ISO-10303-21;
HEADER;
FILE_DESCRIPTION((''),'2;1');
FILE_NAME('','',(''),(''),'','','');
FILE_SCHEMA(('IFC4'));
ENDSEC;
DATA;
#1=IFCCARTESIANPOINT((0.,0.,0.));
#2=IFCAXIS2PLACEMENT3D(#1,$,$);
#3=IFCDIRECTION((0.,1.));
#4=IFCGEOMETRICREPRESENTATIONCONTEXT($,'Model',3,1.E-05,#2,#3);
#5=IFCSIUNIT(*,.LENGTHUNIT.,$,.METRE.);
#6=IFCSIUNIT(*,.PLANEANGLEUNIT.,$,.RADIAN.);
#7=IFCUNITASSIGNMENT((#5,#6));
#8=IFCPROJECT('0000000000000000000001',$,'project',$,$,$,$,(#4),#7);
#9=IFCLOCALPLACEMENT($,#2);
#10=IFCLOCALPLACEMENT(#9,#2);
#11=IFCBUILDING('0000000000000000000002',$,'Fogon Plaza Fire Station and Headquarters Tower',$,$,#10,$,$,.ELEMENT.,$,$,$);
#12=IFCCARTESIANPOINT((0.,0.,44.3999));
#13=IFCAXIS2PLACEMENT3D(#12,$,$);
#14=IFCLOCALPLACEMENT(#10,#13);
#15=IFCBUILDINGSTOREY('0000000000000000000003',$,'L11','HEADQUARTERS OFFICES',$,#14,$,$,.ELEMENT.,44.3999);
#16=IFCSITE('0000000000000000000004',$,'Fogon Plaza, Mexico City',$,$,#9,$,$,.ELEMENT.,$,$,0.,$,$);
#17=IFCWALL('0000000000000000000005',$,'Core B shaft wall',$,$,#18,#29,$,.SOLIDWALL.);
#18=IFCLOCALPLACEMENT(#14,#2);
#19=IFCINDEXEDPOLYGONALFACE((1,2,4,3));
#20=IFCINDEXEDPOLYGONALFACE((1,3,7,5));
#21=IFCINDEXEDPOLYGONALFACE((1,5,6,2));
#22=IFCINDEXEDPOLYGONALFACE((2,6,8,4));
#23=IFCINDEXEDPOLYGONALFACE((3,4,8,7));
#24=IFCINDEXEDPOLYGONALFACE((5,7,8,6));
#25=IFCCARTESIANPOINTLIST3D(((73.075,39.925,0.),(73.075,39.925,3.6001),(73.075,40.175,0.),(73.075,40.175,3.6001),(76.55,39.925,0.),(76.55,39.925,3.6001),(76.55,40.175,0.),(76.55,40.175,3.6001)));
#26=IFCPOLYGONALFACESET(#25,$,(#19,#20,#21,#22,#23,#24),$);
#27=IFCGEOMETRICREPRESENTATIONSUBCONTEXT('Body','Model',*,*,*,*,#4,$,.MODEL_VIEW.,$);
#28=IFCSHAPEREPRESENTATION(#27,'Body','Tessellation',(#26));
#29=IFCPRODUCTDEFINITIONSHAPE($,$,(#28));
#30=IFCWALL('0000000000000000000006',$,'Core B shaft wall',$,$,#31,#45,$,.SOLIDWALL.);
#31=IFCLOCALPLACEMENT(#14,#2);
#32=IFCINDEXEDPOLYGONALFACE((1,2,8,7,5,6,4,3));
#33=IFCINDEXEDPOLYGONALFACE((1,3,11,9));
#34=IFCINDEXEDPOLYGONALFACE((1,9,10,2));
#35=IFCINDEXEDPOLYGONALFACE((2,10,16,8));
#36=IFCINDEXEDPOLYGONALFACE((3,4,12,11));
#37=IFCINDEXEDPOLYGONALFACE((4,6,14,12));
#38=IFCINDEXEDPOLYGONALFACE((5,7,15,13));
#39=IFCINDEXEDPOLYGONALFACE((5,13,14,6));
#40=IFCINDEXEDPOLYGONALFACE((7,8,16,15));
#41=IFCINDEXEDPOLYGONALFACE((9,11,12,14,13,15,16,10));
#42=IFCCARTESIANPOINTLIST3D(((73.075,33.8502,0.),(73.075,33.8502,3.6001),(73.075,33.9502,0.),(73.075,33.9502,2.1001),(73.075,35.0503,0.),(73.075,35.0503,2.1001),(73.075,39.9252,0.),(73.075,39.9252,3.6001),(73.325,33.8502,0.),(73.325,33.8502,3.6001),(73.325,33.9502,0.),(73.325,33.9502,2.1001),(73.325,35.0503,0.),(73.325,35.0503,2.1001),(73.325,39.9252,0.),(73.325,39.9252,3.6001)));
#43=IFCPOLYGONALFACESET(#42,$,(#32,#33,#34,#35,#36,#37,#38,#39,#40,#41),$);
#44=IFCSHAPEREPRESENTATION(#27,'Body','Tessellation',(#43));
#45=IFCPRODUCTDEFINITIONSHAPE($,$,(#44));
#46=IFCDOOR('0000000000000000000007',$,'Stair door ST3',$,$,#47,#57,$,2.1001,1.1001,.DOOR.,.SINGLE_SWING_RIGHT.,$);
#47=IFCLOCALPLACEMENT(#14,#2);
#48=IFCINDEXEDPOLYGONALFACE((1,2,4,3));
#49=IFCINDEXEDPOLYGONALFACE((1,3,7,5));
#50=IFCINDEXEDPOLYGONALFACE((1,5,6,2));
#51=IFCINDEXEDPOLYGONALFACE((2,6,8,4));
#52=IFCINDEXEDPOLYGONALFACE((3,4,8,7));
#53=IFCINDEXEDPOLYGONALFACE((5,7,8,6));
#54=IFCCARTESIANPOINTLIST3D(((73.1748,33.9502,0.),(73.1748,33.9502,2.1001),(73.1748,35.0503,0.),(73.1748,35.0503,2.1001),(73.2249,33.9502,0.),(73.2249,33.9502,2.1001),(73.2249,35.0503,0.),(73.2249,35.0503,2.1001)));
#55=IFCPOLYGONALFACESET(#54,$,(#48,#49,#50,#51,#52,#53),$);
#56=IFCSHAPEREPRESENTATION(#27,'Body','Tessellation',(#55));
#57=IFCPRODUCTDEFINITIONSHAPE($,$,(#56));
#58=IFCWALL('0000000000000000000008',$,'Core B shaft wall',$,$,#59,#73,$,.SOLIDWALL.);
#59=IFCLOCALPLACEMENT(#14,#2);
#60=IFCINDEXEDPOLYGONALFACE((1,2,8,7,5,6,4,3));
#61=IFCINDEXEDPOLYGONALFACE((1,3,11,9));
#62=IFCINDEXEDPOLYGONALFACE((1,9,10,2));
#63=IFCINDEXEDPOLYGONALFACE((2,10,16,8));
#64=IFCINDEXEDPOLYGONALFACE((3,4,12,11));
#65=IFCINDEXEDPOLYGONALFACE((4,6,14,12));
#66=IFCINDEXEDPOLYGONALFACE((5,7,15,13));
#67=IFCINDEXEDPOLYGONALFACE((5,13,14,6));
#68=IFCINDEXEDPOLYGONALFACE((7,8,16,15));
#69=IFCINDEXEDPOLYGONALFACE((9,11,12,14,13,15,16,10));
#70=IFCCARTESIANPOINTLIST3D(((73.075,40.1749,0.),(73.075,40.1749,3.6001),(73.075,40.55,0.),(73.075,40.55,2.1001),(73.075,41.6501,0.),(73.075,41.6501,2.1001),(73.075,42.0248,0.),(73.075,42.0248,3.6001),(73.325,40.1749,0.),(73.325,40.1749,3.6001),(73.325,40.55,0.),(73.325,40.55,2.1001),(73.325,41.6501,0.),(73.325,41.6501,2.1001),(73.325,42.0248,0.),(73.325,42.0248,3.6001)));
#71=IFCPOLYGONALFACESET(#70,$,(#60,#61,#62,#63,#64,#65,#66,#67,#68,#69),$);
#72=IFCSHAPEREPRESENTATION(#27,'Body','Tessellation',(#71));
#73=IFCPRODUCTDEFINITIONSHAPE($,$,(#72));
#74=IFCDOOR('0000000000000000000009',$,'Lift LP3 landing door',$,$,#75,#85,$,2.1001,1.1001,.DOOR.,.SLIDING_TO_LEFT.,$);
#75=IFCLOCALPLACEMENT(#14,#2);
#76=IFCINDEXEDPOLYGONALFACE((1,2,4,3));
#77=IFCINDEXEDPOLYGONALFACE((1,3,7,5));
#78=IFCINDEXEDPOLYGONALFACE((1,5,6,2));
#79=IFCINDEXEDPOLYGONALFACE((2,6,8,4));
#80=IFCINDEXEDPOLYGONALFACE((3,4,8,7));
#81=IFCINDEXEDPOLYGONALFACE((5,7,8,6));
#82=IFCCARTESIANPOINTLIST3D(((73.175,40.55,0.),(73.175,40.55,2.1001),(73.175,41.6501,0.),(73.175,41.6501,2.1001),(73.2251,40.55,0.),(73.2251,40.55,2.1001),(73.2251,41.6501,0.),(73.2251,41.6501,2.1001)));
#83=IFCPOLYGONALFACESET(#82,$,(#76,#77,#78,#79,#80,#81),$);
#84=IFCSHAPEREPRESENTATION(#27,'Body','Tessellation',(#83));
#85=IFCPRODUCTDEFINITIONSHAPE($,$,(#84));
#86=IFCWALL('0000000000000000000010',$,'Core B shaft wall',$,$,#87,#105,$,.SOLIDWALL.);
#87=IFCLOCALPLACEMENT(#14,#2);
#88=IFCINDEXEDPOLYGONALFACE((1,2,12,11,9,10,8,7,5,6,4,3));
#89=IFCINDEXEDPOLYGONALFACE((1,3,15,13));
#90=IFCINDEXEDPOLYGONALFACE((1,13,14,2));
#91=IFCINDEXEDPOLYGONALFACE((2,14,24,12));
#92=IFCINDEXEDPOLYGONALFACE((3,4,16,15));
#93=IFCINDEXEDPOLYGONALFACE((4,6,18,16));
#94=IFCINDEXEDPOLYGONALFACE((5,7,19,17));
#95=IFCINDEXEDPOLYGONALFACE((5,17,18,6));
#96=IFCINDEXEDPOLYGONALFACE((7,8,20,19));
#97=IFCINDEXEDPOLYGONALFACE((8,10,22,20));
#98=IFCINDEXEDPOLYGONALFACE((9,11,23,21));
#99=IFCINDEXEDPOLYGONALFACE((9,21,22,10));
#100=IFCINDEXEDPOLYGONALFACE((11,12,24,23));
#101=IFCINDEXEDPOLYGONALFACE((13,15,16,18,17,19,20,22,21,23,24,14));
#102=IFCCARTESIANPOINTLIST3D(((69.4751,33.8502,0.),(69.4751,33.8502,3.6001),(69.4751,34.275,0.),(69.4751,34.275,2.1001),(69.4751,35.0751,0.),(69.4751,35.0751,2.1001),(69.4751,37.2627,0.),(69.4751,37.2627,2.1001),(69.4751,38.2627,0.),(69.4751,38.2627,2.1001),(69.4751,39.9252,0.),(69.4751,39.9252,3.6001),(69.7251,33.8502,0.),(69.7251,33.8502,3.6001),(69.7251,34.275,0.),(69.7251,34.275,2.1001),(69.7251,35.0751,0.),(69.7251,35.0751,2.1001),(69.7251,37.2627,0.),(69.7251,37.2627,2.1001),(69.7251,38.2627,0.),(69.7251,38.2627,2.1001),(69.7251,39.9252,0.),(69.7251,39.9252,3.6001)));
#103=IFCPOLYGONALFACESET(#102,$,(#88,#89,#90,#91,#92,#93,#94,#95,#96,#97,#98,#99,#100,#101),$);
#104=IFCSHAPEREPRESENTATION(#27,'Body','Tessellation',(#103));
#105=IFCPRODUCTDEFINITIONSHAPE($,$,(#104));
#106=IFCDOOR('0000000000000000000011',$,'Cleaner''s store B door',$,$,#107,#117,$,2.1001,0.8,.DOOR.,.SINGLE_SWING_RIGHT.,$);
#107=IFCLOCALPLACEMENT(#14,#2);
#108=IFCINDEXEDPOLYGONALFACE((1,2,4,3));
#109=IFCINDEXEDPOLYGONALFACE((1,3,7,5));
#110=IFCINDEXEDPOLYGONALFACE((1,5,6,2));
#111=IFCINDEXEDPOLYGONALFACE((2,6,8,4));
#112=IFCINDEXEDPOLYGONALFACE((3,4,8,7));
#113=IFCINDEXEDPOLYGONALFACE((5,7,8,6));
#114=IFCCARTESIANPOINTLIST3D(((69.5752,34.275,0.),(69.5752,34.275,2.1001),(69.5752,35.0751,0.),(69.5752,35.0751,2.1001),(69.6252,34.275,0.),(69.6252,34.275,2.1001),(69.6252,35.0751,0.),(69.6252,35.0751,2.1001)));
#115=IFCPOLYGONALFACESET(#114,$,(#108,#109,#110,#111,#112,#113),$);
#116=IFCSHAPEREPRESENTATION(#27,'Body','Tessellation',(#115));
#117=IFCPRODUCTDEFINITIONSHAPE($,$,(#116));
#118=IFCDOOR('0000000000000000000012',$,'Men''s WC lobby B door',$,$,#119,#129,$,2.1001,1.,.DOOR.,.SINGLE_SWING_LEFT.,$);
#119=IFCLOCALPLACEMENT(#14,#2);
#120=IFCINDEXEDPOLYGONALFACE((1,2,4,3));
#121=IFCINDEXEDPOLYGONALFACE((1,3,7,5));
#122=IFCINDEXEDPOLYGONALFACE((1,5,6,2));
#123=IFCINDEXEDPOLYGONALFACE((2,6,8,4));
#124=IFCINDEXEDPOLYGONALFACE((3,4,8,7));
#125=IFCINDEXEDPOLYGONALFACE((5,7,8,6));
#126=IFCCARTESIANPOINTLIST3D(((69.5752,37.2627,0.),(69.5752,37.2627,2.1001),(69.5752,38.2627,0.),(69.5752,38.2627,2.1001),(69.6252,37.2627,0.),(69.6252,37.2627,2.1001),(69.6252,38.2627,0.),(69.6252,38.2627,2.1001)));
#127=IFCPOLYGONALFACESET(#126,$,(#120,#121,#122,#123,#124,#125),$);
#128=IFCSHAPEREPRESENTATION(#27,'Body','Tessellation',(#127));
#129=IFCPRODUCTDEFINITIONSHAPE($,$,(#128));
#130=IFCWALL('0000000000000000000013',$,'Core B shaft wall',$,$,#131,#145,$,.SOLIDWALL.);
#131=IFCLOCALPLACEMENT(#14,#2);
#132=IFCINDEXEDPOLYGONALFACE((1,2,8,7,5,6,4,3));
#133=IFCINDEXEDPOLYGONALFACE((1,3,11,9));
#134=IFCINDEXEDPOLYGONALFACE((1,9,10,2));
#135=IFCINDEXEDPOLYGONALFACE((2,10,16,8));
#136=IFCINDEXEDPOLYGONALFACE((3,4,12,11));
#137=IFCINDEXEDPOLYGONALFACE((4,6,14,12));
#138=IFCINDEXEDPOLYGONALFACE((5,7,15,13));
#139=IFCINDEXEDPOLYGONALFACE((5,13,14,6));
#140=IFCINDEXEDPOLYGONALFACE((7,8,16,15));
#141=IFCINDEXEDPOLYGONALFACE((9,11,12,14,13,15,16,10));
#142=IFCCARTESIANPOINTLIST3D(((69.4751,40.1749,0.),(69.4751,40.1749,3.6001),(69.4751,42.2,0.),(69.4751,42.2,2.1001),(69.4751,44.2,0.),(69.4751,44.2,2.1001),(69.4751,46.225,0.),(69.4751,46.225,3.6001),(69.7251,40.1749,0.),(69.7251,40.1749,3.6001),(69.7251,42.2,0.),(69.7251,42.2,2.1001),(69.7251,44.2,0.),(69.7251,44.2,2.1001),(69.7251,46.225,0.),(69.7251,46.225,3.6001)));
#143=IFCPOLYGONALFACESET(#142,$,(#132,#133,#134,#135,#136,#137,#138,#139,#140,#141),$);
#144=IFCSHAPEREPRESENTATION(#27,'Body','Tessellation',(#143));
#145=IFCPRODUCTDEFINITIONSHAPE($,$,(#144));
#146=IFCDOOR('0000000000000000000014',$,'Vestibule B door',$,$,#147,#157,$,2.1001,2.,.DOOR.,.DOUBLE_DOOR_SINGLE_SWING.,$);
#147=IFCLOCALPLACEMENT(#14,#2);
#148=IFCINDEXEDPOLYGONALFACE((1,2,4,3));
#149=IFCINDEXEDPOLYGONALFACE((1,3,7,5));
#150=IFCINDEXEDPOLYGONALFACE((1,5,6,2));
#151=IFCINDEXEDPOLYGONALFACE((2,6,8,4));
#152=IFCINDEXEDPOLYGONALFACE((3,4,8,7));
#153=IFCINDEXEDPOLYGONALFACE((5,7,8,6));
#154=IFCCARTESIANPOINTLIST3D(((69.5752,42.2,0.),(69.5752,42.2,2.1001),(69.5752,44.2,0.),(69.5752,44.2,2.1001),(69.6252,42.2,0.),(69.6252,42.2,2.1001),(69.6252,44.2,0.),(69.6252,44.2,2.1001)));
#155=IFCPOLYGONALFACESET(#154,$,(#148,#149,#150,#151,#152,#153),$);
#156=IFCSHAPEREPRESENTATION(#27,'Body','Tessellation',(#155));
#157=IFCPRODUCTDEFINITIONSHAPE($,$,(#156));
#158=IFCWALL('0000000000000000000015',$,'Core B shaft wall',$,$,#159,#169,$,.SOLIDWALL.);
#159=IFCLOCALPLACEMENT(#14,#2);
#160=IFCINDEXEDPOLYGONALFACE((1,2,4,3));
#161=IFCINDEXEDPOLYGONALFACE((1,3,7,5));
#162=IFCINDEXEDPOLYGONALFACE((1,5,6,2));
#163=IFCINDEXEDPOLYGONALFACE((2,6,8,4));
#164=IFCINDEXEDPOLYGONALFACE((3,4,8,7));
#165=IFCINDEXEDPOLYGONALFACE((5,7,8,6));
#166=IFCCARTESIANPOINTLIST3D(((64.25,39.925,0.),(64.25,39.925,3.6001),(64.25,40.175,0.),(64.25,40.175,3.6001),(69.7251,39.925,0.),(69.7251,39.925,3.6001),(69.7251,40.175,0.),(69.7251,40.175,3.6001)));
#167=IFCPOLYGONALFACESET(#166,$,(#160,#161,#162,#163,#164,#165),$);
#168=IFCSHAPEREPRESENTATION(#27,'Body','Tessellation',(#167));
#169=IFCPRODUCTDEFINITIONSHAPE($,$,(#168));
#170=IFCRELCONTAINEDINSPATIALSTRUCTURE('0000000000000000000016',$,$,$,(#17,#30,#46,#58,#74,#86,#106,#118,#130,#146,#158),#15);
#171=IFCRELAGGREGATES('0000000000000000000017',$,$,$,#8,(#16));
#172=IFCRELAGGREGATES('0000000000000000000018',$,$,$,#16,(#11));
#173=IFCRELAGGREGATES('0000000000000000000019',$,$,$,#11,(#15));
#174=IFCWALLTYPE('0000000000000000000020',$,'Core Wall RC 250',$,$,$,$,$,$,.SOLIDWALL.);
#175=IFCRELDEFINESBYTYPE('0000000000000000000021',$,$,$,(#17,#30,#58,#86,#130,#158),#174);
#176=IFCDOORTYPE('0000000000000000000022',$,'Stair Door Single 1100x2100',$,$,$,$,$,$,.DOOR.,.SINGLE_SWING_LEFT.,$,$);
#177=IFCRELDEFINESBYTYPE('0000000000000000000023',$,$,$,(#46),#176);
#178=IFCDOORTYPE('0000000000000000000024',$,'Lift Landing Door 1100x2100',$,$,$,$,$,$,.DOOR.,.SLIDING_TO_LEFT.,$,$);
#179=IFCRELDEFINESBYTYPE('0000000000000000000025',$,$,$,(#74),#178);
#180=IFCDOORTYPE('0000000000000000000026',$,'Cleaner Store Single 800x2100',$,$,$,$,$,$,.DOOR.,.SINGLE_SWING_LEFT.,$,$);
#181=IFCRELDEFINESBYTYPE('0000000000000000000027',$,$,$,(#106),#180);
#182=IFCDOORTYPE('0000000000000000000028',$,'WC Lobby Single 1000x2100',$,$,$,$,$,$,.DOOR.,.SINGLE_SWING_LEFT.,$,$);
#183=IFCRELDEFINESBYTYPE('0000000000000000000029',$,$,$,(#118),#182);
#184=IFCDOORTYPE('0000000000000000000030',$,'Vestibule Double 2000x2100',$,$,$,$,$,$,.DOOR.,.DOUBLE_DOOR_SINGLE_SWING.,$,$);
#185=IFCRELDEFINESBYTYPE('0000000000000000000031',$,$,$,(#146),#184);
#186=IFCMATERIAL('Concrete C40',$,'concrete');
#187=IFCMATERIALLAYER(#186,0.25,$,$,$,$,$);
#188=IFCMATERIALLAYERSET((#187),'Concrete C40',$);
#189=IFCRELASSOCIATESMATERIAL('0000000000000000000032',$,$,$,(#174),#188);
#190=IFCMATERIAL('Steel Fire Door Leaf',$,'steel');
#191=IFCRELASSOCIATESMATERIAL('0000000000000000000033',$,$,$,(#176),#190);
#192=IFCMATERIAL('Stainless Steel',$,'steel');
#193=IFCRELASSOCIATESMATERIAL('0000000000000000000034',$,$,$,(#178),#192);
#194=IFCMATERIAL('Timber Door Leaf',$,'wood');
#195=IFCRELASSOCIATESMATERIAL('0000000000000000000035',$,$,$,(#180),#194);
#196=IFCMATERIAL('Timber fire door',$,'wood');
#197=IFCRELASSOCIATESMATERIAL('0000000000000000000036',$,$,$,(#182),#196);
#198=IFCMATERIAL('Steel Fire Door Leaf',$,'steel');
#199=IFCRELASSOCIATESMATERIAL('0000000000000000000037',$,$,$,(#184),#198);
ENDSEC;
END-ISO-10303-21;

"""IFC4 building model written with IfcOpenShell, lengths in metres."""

from ifc_helpers import new_model, si_unit, direction, frame, frame_2d, origin, place, context, subcontext, project, spatial, rectangle, extrude, material, layer, layer_set, type_object, element, fill, save


model = new_model("IFC4")

# Units and contexts
model_context = context("Model", 3, precision=1e-05, world=origin(), true_north=direction((0.0, 1.0)))
body_context = subcontext(model_context, "Body", "Model", "MODEL_VIEW")
ifc_project = project(units=[si_unit("LENGTHUNIT", "METRE"), si_unit("PLANEANGLEUNIT", "RADIAN")], contexts=[model_context])

# Site, building, storey
site_placement = place(None, origin())
site = spatial("IfcSite", under=ifc_project, at=site_placement, Name="Fogon Plaza, Mexico City", CompositionType="ELEMENT", RefElevation=0.0)
building_placement = place(site_placement, origin())
building = spatial("IfcBuilding", under=site, at=building_placement, Name="Fogon Plaza Fire Station and Headquarters Tower", CompositionType="ELEMENT")
storey_placement = place(building_placement, frame((0.0, 0.0, 44.3999)))
storey = spatial("IfcBuildingStorey", under=building, at=storey_placement, Name="L11", Description="HEADQUARTERS OFFICES", CompositionType="ELEMENT", Elevation=44.3999)

# Wall
ifc_material_1 = material(Name="Concrete C40", Category="concrete")
ifc_layer_1 = layer(ifc_material_1, 0.25)
ifc_layer_set_1 = layer_set([ifc_layer_1], Name="Concrete C40")
wall_type_1 = type_object("IfcWallType", Name="Core Wall RC 250", PredefinedType="SOLIDWALL", material=ifc_layer_set_1)
wall_1_placement = place(storey_placement, frame((76.55, 40.05, 0.0), z_axis=(0.0, 0.0, 1.0), x_axis=(-1.0, 0.0, 0.0)))
element("IfcWall", 1, at=wall_1_placement, inside=storey, type_object=wall_type_1, Name="Core B shaft wall", PredefinedType="SOLIDWALL", context=body_context, shape_type="SweptSolid", body=[
    extrude(rectangle(XDim=3.4751, YDim=0.25, at=frame_2d((1.7375, 0.0))), origin(), (0.0, 0.0, 1.0), 3.6001),
])

# Walls, openings, doors
wall_2_placement = place(storey_placement, frame((73.2, 33.8501, 0.0), z_axis=(0.0, 0.0, 1.0), x_axis=(0.0, 1.0, 0.0)))
wall_2 = element("IfcWall", 2, at=wall_2_placement, inside=storey, type_object=wall_type_1, Name="Core B shaft wall", PredefinedType="SOLIDWALL", context=body_context, shape_type="SweptSolid", body=[
    extrude(rectangle(XDim=6.075, YDim=0.25, at=frame_2d((3.0376, 0.0))), origin(), (0.0, 0.0, 1.0), 3.6001),
])
opening_1_placement = place(wall_2_placement, frame((0.1001, 0.0, 0.0)))
opening_1 = element("IfcOpeningElement", 3, at=opening_1_placement, cuts=wall_2, PredefinedType="OPENING", context=body_context, shape_type="SweptSolid", body=[
    extrude(rectangle(XDim=1.1001, YDim=2.1001, at=frame_2d((0.55, 1.05))), frame((0.0, 0.135, 0.0), z_axis=(0.0, -1.0, 0.0), x_axis=(1.0, 0.0, 0.0)), (0.0, 0.0, 1.0), 0.27),
])
ifc_material_2 = material(Name="Steel Fire Door Leaf", Category="steel")
door_type_1 = type_object("IfcDoorType", Name="Stair Door Single 1100x2100", OperationType="SINGLE_SWING_LEFT", PredefinedType="DOOR", material=ifc_material_2)
door_1_placement = place(opening_1_placement, frame((1.1001, 0.0, 0.0), z_axis=(0.0, 0.0, 1.0), x_axis=(-1.0, 0.0, 0.0)))
door_1 = element("IfcDoor", 4, at=door_1_placement, inside=storey, type_object=door_type_1, Name="Stair door ST3", OperationType="SINGLE_SWING_RIGHT", OverallHeight=2.1001, OverallWidth=1.1001, PredefinedType="DOOR", context=body_context, shape_type="SweptSolid", body=[
    extrude(rectangle(XDim=1.1001, YDim=2.1001, at=frame_2d((0.55, 1.05))), frame((0.0, 0.0249, 0.0), z_axis=(0.0, -1.0, 0.0), x_axis=(1.0, 0.0, 0.0)), (0.0, 0.0, 1.0), 0.05),
])
fill(opening_1, door_1)
wall_3_placement = place(storey_placement, frame((73.2, 40.175, 0.0), z_axis=(0.0, 0.0, 1.0), x_axis=(0.0, 1.0, 0.0)))
wall_3 = element("IfcWall", 5, at=wall_3_placement, inside=storey, type_object=wall_type_1, Name="Core B shaft wall", PredefinedType="SOLIDWALL", context=body_context, shape_type="SweptSolid", body=[
    extrude(rectangle(XDim=1.8499, YDim=0.25, at=frame_2d((0.9248, 0.0))), origin(), (0.0, 0.0, 1.0), 3.6001),
])
opening_2_placement = place(wall_3_placement, frame((0.375, 0.0, 0.0)))
opening_2 = element("IfcOpeningElement", 6, at=opening_2_placement, cuts=wall_3, PredefinedType="OPENING", context=body_context, shape_type="SweptSolid", body=[
    extrude(rectangle(XDim=1.1001, YDim=2.1001, at=frame_2d((0.55, 1.05))), frame((0.0, 0.135, 0.0), z_axis=(0.0, -1.0, 0.0), x_axis=(1.0, 0.0, 0.0)), (0.0, 0.0, 1.0), 0.27),
])
ifc_material_3 = material(Name="Stainless Steel", Category="steel")
door_type_2 = type_object("IfcDoorType", Name="Lift Landing Door 1100x2100", OperationType="SLIDING_TO_LEFT", PredefinedType="DOOR", material=ifc_material_3)
door_2_placement = place(opening_2_placement, origin())
door_2 = element("IfcDoor", 7, at=door_2_placement, inside=storey, type_object=door_type_2, Name="Lift LP3 landing door", OperationType="SLIDING_TO_LEFT", OverallHeight=2.1001, OverallWidth=1.1001, PredefinedType="DOOR", context=body_context, shape_type="SweptSolid", body=[
    extrude(rectangle(XDim=1.1001, YDim=2.1001, at=frame_2d((0.55, 1.05))), frame((0.0, 0.0249, 0.0), z_axis=(0.0, -1.0, 0.0), x_axis=(1.0, 0.0, 0.0)), (0.0, 0.0, 1.0), 0.05),
])
fill(opening_2, door_2)

# Wall, openings, doors
wall_4_placement = place(storey_placement, frame((69.6001, 33.8501, 0.0), z_axis=(0.0, 0.0, 1.0), x_axis=(0.0, 1.0, 0.0)))
wall_4 = element("IfcWall", 8, at=wall_4_placement, inside=storey, type_object=wall_type_1, Name="Core B shaft wall", PredefinedType="SOLIDWALL", context=body_context, shape_type="SweptSolid", body=[
    extrude(rectangle(XDim=6.075, YDim=0.25, at=frame_2d((3.0376, 0.0))), origin(), (0.0, 0.0, 1.0), 3.6001),
])
opening_3_placement = place(wall_4_placement, frame((0.425, 0.0, 0.0)))
opening_3 = element("IfcOpeningElement", 9, at=opening_3_placement, cuts=wall_4, PredefinedType="OPENING", context=body_context, shape_type="SweptSolid", body=[
    extrude(rectangle(XDim=0.8, YDim=2.1001, at=frame_2d((0.3999, 1.05))), frame((0.0, 0.135, 0.0), z_axis=(0.0, -1.0, 0.0), x_axis=(1.0, 0.0, 0.0)), (0.0, 0.0, 1.0), 0.27),
])
opening_4_placement = place(wall_4_placement, frame((3.4126, 0.0, 0.0)))
opening_4 = element("IfcOpeningElement", 10, at=opening_4_placement, cuts=wall_4, PredefinedType="OPENING", context=body_context, shape_type="SweptSolid", body=[
    extrude(rectangle(XDim=1.0, YDim=2.1001, at=frame_2d((0.5, 1.05))), frame((0.0, 0.135, 0.0), z_axis=(0.0, -1.0, 0.0), x_axis=(1.0, 0.0, 0.0)), (0.0, 0.0, 1.0), 0.27),
])
ifc_material_4 = material(Name="Timber Door Leaf", Category="wood")
door_type_3 = type_object("IfcDoorType", Name="Cleaner Store Single 800x2100", OperationType="SINGLE_SWING_LEFT", PredefinedType="DOOR", material=ifc_material_4)
door_3_placement = place(opening_3_placement, origin())
door_3 = element("IfcDoor", 11, at=door_3_placement, inside=storey, type_object=door_type_3, Name="Cleaner's store B door", OperationType="SINGLE_SWING_RIGHT", OverallHeight=2.1001, OverallWidth=0.8, PredefinedType="DOOR", context=body_context, shape_type="SweptSolid", body=[
    extrude(rectangle(XDim=0.8, YDim=2.1001, at=frame_2d((0.3999, 1.05))), frame((0.0, 0.0249, 0.0), z_axis=(0.0, -1.0, 0.0), x_axis=(1.0, 0.0, 0.0)), (0.0, 0.0, 1.0), 0.05),
])
fill(opening_3, door_3)
ifc_material_5 = material(Name="Timber fire door", Category="wood")
door_type_4 = type_object("IfcDoorType", Name="WC Lobby Single 1000x2100", OperationType="SINGLE_SWING_LEFT", PredefinedType="DOOR", material=ifc_material_5)
door_4_placement = place(opening_4_placement, origin())
door_4 = element("IfcDoor", 12, at=door_4_placement, inside=storey, type_object=door_type_4, Name="Men's WC lobby B door", OperationType="SINGLE_SWING_LEFT", OverallHeight=2.1001, OverallWidth=1.0, PredefinedType="DOOR", context=body_context, shape_type="SweptSolid", body=[
    extrude(rectangle(XDim=1.0, YDim=2.1001, at=frame_2d((0.5, 1.05))), frame((0.0, 0.0249, 0.0), z_axis=(0.0, -1.0, 0.0), x_axis=(1.0, 0.0, 0.0)), (0.0, 0.0, 1.0), 0.05),
])
fill(opening_4, door_4)

# Wall, opening, door
wall_5_placement = place(storey_placement, frame((69.6001, 40.175, 0.0), z_axis=(0.0, 0.0, 1.0), x_axis=(0.0, 1.0, 0.0)))
wall_5 = element("IfcWall", 13, at=wall_5_placement, inside=storey, type_object=wall_type_1, Name="Core B shaft wall", PredefinedType="SOLIDWALL", context=body_context, shape_type="SweptSolid", body=[
    extrude(rectangle(XDim=6.05, YDim=0.25, at=frame_2d((3.0249, 0.0))), origin(), (0.0, 0.0, 1.0), 3.6001),
])
opening_5_placement = place(wall_5_placement, frame((2.0249, 0.0, 0.0)))
opening_5 = element("IfcOpeningElement", 14, at=opening_5_placement, cuts=wall_5, PredefinedType="OPENING", context=body_context, shape_type="SweptSolid", body=[
    extrude(rectangle(XDim=2.0, YDim=2.1001, at=frame_2d((1.0, 1.05))), frame((0.0, 0.135, 0.0), z_axis=(0.0, -1.0, 0.0), x_axis=(1.0, 0.0, 0.0)), (0.0, 0.0, 1.0), 0.27),
])
ifc_material_6 = material(Name="Steel Fire Door Leaf", Category="steel")
door_type_5 = type_object("IfcDoorType", Name="Vestibule Double 2000x2100", OperationType="DOUBLE_DOOR_SINGLE_SWING", PredefinedType="DOOR", material=ifc_material_6)
door_5_placement = place(opening_5_placement, origin())
door_5 = element("IfcDoor", 15, at=door_5_placement, inside=storey, type_object=door_type_5, Name="Vestibule B door", OperationType="DOUBLE_DOOR_SINGLE_SWING", OverallHeight=2.1001, OverallWidth=2.0, PredefinedType="DOOR", context=body_context, shape_type="SweptSolid", body=[
    extrude(rectangle(XDim=2.0, YDim=2.1001, at=frame_2d((1.0, 1.05))), frame((0.0, 0.0249, 0.0), z_axis=(0.0, -1.0, 0.0), x_axis=(1.0, 0.0, 0.0)), (0.0, 0.0, 1.0), 0.05),
])
fill(opening_5, door_5)

# Wall
wall_6_placement = place(storey_placement, frame((69.7251, 40.05, 0.0), z_axis=(0.0, 0.0, 1.0), x_axis=(-1.0, 0.0, 0.0)))
element("IfcWall", 16, at=wall_6_placement, inside=storey, type_object=wall_type_1, Name="Core B shaft wall", PredefinedType="SOLIDWALL", context=body_context, shape_type="SweptSolid", body=[
    extrude(rectangle(XDim=5.4751, YDim=0.25, at=frame_2d((2.7375, 0.0))), origin(), (0.0, 0.0, 1.0), 3.6001),
])

save(model, "model.ifc")
